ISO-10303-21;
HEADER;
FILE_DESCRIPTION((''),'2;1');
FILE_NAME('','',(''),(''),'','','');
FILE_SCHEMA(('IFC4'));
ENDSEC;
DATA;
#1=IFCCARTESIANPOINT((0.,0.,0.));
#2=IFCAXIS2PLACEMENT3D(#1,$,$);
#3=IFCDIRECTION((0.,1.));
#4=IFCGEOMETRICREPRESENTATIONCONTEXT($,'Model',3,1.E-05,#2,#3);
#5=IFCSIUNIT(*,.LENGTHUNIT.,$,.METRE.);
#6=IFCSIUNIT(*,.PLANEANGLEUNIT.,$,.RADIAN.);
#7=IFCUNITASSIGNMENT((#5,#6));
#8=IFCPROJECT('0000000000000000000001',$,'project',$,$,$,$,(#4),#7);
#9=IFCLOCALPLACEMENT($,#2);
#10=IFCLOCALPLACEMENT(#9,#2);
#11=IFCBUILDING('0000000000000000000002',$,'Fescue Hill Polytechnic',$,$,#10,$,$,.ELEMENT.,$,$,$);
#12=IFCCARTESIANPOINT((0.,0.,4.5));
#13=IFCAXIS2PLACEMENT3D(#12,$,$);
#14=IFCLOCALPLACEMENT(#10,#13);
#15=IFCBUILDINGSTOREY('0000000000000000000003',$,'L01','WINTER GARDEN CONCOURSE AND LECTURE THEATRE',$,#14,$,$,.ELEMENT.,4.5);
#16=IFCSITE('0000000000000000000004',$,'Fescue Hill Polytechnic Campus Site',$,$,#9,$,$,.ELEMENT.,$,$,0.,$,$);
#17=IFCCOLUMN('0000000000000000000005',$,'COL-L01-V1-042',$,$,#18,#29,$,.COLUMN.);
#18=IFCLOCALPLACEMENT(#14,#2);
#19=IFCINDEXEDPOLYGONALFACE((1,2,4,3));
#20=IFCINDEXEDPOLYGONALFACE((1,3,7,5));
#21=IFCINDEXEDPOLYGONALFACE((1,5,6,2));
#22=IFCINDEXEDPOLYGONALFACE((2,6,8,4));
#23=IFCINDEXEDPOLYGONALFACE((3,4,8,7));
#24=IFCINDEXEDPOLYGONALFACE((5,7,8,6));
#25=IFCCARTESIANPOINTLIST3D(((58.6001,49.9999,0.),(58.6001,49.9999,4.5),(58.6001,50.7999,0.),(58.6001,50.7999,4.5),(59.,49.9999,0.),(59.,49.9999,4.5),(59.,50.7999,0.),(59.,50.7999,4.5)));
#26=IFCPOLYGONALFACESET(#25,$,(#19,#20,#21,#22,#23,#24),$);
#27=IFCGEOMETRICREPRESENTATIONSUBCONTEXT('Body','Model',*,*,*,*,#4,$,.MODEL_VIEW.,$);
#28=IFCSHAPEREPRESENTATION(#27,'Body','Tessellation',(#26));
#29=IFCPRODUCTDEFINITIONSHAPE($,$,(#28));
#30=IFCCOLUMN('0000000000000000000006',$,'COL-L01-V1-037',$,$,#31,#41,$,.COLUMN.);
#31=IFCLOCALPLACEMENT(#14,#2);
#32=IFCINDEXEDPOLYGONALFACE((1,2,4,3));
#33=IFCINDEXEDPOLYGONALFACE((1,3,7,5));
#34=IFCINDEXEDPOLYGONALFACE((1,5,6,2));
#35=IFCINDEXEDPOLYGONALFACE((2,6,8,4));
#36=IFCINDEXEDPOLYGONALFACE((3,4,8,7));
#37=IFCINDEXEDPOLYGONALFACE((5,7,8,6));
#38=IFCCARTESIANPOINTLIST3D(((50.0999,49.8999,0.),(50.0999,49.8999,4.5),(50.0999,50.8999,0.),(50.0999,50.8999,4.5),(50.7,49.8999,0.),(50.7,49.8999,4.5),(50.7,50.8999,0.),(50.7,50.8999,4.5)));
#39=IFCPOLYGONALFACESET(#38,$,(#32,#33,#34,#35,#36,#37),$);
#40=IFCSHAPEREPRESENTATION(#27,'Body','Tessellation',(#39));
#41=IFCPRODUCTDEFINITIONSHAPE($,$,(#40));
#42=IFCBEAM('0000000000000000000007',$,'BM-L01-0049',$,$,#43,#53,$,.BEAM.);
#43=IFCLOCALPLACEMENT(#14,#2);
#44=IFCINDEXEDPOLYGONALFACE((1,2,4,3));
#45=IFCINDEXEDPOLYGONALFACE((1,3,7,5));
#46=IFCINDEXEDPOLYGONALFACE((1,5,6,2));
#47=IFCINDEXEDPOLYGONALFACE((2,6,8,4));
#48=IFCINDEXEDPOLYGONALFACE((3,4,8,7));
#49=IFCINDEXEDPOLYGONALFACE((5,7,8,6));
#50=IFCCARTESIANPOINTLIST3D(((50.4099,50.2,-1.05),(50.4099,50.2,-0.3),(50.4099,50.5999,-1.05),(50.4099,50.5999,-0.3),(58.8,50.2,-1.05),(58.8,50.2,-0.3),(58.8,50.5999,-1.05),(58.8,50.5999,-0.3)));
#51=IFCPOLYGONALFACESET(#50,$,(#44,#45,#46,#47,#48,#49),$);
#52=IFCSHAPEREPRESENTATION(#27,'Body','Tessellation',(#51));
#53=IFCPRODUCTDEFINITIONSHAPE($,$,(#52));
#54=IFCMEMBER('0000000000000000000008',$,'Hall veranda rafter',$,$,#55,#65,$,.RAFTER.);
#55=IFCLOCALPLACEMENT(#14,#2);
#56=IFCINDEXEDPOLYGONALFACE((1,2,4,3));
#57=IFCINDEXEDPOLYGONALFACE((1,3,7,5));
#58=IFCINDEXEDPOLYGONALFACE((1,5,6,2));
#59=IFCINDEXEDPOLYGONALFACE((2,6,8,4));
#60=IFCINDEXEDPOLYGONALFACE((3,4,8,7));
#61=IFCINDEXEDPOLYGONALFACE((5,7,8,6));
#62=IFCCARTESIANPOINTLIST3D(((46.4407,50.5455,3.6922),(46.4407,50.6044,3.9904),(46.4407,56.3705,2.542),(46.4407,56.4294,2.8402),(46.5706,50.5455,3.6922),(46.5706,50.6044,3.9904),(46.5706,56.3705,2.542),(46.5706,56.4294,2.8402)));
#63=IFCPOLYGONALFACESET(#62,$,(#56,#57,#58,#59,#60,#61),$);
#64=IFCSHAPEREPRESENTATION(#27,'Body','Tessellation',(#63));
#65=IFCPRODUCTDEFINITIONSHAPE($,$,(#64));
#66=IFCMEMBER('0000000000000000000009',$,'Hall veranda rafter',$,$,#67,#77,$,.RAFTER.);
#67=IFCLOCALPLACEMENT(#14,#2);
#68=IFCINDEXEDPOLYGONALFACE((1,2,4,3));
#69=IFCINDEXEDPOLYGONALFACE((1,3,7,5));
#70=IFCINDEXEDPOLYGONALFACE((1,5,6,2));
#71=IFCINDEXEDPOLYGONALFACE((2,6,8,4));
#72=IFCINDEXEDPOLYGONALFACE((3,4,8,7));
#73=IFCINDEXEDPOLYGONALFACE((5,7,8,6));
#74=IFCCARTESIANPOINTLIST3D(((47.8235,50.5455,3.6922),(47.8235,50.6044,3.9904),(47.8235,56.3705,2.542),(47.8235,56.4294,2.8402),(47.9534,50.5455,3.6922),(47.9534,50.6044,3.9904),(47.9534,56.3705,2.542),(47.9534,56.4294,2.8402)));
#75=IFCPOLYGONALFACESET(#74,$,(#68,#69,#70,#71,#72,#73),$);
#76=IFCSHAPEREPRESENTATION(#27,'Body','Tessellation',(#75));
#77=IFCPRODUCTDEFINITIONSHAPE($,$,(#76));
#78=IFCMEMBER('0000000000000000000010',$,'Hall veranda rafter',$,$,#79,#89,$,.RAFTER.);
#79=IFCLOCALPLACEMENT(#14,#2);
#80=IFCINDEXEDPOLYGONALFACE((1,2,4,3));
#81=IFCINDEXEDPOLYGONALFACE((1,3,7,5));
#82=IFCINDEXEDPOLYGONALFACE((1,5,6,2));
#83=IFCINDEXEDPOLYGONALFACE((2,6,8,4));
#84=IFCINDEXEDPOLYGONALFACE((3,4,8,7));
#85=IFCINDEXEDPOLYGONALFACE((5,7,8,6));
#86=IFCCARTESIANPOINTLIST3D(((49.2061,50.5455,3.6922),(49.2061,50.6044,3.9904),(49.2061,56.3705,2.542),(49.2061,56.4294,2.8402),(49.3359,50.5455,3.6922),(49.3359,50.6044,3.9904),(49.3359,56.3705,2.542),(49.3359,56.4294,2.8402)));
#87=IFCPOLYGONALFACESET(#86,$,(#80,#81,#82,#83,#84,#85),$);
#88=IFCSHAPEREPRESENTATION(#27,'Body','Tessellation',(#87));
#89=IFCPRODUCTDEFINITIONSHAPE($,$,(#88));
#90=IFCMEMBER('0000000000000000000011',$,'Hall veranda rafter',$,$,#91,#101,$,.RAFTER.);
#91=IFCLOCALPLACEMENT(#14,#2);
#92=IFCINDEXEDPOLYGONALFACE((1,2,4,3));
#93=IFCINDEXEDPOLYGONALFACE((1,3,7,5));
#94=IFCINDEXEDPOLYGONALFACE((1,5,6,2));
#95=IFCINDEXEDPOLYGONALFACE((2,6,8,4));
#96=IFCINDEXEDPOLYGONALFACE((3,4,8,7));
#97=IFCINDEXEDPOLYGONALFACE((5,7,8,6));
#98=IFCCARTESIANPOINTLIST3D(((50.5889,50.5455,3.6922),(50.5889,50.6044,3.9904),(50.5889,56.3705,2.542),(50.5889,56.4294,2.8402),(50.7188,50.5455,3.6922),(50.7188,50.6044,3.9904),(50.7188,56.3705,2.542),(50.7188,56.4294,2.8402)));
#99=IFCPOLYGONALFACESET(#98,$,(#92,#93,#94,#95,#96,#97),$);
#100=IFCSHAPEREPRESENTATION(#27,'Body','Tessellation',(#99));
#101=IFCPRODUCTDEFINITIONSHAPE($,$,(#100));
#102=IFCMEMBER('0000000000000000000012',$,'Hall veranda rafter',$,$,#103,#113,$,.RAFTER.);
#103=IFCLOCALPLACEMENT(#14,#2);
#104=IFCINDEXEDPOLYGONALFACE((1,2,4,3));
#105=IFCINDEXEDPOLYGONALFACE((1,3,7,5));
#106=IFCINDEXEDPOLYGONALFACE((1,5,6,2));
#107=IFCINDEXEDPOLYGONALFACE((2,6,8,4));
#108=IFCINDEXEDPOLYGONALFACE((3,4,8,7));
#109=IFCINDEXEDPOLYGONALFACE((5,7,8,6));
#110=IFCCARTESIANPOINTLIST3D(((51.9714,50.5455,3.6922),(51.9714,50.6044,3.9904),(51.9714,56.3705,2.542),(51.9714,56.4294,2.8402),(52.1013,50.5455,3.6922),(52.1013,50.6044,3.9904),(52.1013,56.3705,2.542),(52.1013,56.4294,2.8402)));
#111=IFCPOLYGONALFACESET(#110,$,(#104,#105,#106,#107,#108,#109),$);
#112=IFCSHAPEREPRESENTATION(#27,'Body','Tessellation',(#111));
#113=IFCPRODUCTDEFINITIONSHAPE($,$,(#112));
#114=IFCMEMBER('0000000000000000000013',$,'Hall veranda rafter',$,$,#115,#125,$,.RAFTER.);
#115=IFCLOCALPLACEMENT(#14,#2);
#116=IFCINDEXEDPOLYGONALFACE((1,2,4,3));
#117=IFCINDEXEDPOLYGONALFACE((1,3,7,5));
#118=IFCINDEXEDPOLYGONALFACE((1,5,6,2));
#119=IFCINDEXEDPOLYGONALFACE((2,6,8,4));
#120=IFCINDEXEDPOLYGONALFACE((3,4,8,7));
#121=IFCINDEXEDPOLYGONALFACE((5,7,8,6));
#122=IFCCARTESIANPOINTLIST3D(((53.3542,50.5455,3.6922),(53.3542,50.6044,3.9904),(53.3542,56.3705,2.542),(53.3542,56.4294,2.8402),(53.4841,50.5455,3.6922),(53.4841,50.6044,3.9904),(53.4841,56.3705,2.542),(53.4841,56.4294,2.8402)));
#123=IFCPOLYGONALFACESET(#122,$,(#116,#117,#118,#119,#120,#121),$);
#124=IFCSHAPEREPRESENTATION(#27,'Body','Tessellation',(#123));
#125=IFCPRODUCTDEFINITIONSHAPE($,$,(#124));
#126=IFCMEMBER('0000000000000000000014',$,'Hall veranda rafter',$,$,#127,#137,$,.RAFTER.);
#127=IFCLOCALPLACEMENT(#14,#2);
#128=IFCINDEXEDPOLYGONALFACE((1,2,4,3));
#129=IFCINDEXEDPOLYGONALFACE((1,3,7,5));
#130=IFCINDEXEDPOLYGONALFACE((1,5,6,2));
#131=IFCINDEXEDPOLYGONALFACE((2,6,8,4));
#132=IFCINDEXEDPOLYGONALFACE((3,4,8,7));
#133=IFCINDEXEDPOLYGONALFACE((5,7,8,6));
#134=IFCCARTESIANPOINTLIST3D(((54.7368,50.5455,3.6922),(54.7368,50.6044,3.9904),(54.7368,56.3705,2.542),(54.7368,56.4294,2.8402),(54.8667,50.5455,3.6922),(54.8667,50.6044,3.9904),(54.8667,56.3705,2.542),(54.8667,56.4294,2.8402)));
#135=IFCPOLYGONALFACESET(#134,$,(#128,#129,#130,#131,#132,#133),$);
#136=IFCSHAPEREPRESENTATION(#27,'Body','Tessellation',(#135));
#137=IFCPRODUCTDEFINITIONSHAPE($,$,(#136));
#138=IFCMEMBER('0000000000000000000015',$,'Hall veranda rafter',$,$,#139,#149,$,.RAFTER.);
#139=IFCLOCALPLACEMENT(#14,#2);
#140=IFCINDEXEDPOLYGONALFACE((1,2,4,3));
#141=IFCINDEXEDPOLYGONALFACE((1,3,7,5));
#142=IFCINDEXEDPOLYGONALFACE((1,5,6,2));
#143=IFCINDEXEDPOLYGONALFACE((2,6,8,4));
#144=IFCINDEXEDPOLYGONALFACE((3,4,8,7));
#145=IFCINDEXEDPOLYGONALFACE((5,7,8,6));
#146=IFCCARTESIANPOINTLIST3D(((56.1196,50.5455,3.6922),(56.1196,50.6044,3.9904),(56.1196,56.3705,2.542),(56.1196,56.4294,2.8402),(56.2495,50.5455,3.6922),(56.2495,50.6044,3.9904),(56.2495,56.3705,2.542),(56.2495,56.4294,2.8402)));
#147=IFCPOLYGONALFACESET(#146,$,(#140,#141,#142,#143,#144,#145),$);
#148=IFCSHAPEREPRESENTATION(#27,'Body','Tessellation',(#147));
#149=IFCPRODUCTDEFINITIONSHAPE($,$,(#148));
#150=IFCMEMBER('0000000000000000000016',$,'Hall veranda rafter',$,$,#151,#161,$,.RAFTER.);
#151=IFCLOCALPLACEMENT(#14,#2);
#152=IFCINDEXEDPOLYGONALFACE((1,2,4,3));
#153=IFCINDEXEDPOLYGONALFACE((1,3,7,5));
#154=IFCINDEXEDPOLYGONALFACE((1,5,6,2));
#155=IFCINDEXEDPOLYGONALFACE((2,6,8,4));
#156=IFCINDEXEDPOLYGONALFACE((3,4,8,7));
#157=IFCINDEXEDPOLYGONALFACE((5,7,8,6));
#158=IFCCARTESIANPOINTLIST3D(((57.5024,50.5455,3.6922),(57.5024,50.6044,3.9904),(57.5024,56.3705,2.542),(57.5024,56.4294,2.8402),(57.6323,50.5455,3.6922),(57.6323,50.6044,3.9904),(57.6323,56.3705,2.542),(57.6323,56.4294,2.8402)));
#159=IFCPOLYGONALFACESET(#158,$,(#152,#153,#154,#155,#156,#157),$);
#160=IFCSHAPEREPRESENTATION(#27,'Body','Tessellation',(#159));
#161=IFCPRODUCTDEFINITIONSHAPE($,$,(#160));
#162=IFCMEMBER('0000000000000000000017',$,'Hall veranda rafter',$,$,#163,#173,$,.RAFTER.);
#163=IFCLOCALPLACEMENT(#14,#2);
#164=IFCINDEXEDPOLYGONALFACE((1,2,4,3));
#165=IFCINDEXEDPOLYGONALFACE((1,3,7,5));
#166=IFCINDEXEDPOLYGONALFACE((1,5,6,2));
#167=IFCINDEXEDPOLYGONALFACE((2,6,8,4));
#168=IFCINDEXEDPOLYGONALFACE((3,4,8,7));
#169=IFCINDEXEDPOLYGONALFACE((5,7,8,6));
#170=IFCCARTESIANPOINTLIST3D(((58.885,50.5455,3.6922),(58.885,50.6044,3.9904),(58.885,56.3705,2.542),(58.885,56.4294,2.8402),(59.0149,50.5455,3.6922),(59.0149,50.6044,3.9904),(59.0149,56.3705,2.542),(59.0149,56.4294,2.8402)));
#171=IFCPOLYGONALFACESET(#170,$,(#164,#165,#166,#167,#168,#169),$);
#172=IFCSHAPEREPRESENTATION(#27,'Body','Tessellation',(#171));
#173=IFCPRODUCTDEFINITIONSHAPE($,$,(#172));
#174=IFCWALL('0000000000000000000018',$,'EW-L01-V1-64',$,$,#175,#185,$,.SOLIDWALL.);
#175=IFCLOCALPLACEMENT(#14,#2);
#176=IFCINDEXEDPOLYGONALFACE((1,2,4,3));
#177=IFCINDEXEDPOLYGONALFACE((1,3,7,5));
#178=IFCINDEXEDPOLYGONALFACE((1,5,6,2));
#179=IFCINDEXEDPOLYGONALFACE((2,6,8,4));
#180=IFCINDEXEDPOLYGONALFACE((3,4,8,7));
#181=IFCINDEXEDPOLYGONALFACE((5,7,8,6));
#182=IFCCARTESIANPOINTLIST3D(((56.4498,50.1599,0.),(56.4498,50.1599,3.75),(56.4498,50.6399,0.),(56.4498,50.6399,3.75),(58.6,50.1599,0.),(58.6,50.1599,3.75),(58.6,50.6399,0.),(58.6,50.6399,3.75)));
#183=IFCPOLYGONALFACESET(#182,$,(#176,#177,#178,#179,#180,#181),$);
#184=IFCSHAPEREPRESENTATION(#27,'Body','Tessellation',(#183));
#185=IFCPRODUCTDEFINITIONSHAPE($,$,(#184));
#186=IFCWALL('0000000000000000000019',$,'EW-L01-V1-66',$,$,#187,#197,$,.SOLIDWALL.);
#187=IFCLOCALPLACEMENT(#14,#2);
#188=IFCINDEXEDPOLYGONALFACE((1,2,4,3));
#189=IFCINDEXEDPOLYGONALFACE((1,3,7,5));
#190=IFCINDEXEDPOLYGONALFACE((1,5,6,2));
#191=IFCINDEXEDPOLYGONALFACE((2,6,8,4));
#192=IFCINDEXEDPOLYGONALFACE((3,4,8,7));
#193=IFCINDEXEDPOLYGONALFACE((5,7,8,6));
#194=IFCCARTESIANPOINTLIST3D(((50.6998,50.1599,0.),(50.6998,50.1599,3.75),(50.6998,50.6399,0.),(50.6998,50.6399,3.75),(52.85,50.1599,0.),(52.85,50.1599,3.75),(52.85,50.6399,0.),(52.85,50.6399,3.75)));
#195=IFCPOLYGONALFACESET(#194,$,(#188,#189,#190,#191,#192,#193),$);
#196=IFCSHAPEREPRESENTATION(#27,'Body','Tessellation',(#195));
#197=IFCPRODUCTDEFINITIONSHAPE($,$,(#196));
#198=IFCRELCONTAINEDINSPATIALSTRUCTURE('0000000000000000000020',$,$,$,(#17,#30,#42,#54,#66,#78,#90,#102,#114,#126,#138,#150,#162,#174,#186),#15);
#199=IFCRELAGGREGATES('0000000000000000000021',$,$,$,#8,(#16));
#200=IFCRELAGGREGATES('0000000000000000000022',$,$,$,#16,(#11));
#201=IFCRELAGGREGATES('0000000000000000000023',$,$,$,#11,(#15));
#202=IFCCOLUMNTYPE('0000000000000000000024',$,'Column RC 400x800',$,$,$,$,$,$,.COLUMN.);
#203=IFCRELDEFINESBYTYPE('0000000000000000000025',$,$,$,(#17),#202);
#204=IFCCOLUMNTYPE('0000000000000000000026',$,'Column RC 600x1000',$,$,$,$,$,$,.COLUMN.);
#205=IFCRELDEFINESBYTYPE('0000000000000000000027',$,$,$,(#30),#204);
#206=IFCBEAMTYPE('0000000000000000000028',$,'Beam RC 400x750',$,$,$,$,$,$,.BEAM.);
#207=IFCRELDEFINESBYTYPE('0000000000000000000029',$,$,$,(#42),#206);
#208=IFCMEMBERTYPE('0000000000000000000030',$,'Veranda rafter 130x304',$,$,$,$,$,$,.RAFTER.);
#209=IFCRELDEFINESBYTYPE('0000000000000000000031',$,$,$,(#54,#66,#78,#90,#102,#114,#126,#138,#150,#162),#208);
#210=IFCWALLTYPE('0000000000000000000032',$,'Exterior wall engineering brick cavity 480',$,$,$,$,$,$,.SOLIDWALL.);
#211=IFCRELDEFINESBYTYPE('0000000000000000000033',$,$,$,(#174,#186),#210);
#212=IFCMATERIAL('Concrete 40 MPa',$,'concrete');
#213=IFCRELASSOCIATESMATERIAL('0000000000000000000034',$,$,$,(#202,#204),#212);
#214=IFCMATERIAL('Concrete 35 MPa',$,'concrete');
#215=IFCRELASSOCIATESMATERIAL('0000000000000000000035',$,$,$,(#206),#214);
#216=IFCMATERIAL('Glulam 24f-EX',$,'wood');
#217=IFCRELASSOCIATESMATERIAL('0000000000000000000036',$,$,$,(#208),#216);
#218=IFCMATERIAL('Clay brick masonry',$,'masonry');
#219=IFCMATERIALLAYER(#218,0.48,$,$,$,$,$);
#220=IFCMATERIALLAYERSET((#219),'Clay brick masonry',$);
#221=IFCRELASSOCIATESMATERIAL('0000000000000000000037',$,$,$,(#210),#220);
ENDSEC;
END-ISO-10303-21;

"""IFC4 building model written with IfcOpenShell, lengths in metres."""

from ifc_helpers import new_model, si_unit, direction, frame, frame_2d, origin, origin_2d, place, context, subcontext, project, spatial, rectangle, extrude, material, layer, layer_set, material_profile, profile_set, type_object, element, save


model = new_model("IFC4")

# Units and contexts
model_context = context("Model", 3, precision=1e-05, world=origin(), true_north=direction((0.0, 1.0)))
body_context = subcontext(model_context, "Body", "Model", "MODEL_VIEW")
ifc_project = project(units=[si_unit("LENGTHUNIT", "METRE"), si_unit("PLANEANGLEUNIT", "RADIAN")], contexts=[model_context])

# Site, building, storey
site_placement = place(None, origin())
site = spatial("IfcSite", under=ifc_project, at=site_placement, Name="Fescue Hill Polytechnic Campus Site", CompositionType="ELEMENT", RefElevation=0.0)
building_placement = place(site_placement, origin())
building = spatial("IfcBuilding", under=site, at=building_placement, Name="Fescue Hill Polytechnic", CompositionType="ELEMENT")
storey_placement = place(building_placement, frame((0.0, 0.0, 4.5)))
storey = spatial("IfcBuildingStorey", under=building, at=storey_placement, Name="L01", Description="WINTER GARDEN CONCOURSE AND LECTURE THEATRE", CompositionType="ELEMENT", Elevation=4.5)

# Columns
ifc_material_1 = material(Name="Concrete 40 MPa", Category="concrete")
ifc_material_profile_1 = material_profile(ifc_material_1, rectangle(XDim=0.3999, YDim=0.8, at=origin_2d()), Name="RC 400x800")
ifc_profile_set_1 = profile_set([ifc_material_profile_1], Name="Concrete 40 MPa")
column_type_1 = type_object("IfcColumnType", Name="Column RC 400x800", PredefinedType="COLUMN", material=ifc_profile_set_1)
column_1_placement = place(storey_placement, frame((58.8, 50.3999, 0.0), z_axis=(0.0, 0.0, 1.0), x_axis=(1.0, 0.0, 0.0)))
element("IfcColumn", 1, at=column_1_placement, inside=storey, type_object=column_type_1, Name="COL-L01-V1-042", PredefinedType="COLUMN", context=body_context, shape_type="SweptSolid", body=[
    extrude(rectangle(XDim=0.3999, YDim=0.8, at=origin_2d()), origin(), (0.0, 0.0, 1.0), 4.5),
])
ifc_material_profile_2 = material_profile(ifc_material_1, rectangle(XDim=0.6001, YDim=1.0, at=origin_2d()), Name="RC 600x1000")
ifc_profile_set_2 = profile_set([ifc_material_profile_2], Name="Concrete 40 MPa")
column_type_2 = type_object("IfcColumnType", Name="Column RC 600x1000", PredefinedType="COLUMN", material=ifc_profile_set_2)
column_2_placement = place(storey_placement, frame((50.3999, 50.3999, 0.0), z_axis=(0.0, 0.0, 1.0), x_axis=(1.0, 0.0, 0.0)))
element("IfcColumn", 2, at=column_2_placement, inside=storey, type_object=column_type_2, Name="COL-L01-V1-037", PredefinedType="COLUMN", context=body_context, shape_type="SweptSolid", body=[
    extrude(rectangle(XDim=0.6001, YDim=1.0, at=origin_2d()), origin(), (0.0, 0.0, 1.0), 4.5),
])

# Beam
ifc_material_2 = material(Name="Concrete 35 MPa", Category="concrete")
ifc_material_profile_3 = material_profile(ifc_material_2, rectangle(XDim=0.3999, YDim=0.75, at=origin_2d()), Name="RC 400x750")
ifc_profile_set_3 = profile_set([ifc_material_profile_3], Name="Concrete 35 MPa")
beam_type = type_object("IfcBeamType", Name="Beam RC 400x750", PredefinedType="BEAM", material=ifc_profile_set_3)
beam_placement = place(storey_placement, frame((50.4099, 50.3999, -0.675), z_axis=(1.0, 0.0, 0.0), x_axis=(0.0, 1.0, 0.0)))
element("IfcBeam", 3, at=beam_placement, inside=storey, type_object=beam_type, Name="BM-L01-0049", PredefinedType="BEAM", context=body_context, shape_type="SweptSolid", body=[
    extrude(rectangle(XDim=0.3999, YDim=0.75, at=origin_2d()), origin(), (0.0, 0.0, 1.0), 8.3901),
])

# Members
ifc_material_3 = material(Name="Glulam 24f-EX", Category="wood")
ifc_material_profile_4 = material_profile(ifc_material_3, rectangle(XDim=0.1299, YDim=0.304, at=origin_2d()), Name="Veranda rafter 130x304")
ifc_profile_set_4 = profile_set([ifc_material_profile_4], Name="Glulam 24f-EX")
member_type = type_object("IfcMemberType", Name="Veranda rafter 130x304", PredefinedType="RAFTER", material=ifc_profile_set_4)
for number, where, z_axis, x_axis, name in (
    (4, (46.5056, 50.575, 3.8413), (0.0, 0.981059, -0.193712), (-1.0, 0.0, 0.0), "Hall veranda rafter"),
    (5, (47.8884, 50.575, 3.8413), (0.0, 0.981059, -0.193712), (-1.0, 0.0, 0.0), "Hall veranda rafter"),
    (6, (49.271, 50.575, 3.8413), (0.0, 0.981059, -0.193712), (-1.0, 0.0, 0.0), "Hall veranda rafter"),
    (7, (50.6538, 50.575, 3.8413), (0.0, 0.981059, -0.193712), (-1.0, 0.0, 0.0), "Hall veranda rafter"),
    (8, (52.0364, 50.575, 3.8413), (0.0, 0.981059, -0.193712), (-1.0, 0.0, 0.0), "Hall veranda rafter"),
    (9, (53.4192, 50.575, 3.8413), (0.0, 0.981059, -0.193712), (-1.0, 0.0, 0.0), "Hall veranda rafter"),
    (10, (54.8018, 50.575, 3.8413), (0.0, 0.981059, -0.193712), (-1.0, 0.0, 0.0), "Hall veranda rafter"),
    (11, (56.1846, 50.575, 3.8413), (0.0, 0.981059, -0.193712), (-1.0, 0.0, 0.0), "Hall veranda rafter"),
    (12, (57.5674, 50.575, 3.8413), (0.0, 0.981059, -0.193712), (-1.0, 0.0, 0.0), "Hall veranda rafter"),
    (13, (58.95, 50.575, 3.8413), (0.0, 0.981059, -0.193712), (-1.0, 0.0, 0.0), "Hall veranda rafter"),
):
    element("IfcMember", number, at=place(storey_placement, frame(where, z_axis=z_axis, x_axis=x_axis)), inside=storey, type_object=member_type, Name=name, PredefinedType="RAFTER", context=body_context, shape_type="SweptSolid", body=[
        extrude(rectangle(XDim=0.1299, YDim=0.304, at=origin_2d()), origin(), (0.0, 0.0, 1.0), 5.9375),
    ])

# Walls
ifc_material_4 = material(Name="Clay brick masonry", Category="masonry")
ifc_layer_1 = layer(ifc_material_4, 0.48)
ifc_layer_set_1 = layer_set([ifc_layer_1], Name="Clay brick masonry")
wall_type_1 = type_object("IfcWallType", Name="Exterior wall engineering brick cavity 480", PredefinedType="SOLIDWALL", material=ifc_layer_set_1)
for number, where, z_axis, x_axis, name in (
    (14, (58.6001, 50.3999, 0.0), (0.0, 0.0, 1.0), (-1.0, 0.0, 0.0), "EW-L01-V1-64"),
    (15, (52.8501, 50.3999, 0.0), (0.0, 0.0, 1.0), (-1.0, 0.0, 0.0), "EW-L01-V1-66"),
):
    element("IfcWall", number, at=place(storey_placement, frame(where, z_axis=z_axis, x_axis=x_axis)), inside=storey, type_object=wall_type_1, Name=name, PredefinedType="SOLIDWALL", context=body_context, shape_type="SweptSolid", body=[
        extrude(rectangle(XDim=2.1501, YDim=0.48, at=frame_2d((1.0752, 0.0))), origin(), (0.0, 0.0, 1.0), 3.75),
    ])

save(model, "model.ifc")
